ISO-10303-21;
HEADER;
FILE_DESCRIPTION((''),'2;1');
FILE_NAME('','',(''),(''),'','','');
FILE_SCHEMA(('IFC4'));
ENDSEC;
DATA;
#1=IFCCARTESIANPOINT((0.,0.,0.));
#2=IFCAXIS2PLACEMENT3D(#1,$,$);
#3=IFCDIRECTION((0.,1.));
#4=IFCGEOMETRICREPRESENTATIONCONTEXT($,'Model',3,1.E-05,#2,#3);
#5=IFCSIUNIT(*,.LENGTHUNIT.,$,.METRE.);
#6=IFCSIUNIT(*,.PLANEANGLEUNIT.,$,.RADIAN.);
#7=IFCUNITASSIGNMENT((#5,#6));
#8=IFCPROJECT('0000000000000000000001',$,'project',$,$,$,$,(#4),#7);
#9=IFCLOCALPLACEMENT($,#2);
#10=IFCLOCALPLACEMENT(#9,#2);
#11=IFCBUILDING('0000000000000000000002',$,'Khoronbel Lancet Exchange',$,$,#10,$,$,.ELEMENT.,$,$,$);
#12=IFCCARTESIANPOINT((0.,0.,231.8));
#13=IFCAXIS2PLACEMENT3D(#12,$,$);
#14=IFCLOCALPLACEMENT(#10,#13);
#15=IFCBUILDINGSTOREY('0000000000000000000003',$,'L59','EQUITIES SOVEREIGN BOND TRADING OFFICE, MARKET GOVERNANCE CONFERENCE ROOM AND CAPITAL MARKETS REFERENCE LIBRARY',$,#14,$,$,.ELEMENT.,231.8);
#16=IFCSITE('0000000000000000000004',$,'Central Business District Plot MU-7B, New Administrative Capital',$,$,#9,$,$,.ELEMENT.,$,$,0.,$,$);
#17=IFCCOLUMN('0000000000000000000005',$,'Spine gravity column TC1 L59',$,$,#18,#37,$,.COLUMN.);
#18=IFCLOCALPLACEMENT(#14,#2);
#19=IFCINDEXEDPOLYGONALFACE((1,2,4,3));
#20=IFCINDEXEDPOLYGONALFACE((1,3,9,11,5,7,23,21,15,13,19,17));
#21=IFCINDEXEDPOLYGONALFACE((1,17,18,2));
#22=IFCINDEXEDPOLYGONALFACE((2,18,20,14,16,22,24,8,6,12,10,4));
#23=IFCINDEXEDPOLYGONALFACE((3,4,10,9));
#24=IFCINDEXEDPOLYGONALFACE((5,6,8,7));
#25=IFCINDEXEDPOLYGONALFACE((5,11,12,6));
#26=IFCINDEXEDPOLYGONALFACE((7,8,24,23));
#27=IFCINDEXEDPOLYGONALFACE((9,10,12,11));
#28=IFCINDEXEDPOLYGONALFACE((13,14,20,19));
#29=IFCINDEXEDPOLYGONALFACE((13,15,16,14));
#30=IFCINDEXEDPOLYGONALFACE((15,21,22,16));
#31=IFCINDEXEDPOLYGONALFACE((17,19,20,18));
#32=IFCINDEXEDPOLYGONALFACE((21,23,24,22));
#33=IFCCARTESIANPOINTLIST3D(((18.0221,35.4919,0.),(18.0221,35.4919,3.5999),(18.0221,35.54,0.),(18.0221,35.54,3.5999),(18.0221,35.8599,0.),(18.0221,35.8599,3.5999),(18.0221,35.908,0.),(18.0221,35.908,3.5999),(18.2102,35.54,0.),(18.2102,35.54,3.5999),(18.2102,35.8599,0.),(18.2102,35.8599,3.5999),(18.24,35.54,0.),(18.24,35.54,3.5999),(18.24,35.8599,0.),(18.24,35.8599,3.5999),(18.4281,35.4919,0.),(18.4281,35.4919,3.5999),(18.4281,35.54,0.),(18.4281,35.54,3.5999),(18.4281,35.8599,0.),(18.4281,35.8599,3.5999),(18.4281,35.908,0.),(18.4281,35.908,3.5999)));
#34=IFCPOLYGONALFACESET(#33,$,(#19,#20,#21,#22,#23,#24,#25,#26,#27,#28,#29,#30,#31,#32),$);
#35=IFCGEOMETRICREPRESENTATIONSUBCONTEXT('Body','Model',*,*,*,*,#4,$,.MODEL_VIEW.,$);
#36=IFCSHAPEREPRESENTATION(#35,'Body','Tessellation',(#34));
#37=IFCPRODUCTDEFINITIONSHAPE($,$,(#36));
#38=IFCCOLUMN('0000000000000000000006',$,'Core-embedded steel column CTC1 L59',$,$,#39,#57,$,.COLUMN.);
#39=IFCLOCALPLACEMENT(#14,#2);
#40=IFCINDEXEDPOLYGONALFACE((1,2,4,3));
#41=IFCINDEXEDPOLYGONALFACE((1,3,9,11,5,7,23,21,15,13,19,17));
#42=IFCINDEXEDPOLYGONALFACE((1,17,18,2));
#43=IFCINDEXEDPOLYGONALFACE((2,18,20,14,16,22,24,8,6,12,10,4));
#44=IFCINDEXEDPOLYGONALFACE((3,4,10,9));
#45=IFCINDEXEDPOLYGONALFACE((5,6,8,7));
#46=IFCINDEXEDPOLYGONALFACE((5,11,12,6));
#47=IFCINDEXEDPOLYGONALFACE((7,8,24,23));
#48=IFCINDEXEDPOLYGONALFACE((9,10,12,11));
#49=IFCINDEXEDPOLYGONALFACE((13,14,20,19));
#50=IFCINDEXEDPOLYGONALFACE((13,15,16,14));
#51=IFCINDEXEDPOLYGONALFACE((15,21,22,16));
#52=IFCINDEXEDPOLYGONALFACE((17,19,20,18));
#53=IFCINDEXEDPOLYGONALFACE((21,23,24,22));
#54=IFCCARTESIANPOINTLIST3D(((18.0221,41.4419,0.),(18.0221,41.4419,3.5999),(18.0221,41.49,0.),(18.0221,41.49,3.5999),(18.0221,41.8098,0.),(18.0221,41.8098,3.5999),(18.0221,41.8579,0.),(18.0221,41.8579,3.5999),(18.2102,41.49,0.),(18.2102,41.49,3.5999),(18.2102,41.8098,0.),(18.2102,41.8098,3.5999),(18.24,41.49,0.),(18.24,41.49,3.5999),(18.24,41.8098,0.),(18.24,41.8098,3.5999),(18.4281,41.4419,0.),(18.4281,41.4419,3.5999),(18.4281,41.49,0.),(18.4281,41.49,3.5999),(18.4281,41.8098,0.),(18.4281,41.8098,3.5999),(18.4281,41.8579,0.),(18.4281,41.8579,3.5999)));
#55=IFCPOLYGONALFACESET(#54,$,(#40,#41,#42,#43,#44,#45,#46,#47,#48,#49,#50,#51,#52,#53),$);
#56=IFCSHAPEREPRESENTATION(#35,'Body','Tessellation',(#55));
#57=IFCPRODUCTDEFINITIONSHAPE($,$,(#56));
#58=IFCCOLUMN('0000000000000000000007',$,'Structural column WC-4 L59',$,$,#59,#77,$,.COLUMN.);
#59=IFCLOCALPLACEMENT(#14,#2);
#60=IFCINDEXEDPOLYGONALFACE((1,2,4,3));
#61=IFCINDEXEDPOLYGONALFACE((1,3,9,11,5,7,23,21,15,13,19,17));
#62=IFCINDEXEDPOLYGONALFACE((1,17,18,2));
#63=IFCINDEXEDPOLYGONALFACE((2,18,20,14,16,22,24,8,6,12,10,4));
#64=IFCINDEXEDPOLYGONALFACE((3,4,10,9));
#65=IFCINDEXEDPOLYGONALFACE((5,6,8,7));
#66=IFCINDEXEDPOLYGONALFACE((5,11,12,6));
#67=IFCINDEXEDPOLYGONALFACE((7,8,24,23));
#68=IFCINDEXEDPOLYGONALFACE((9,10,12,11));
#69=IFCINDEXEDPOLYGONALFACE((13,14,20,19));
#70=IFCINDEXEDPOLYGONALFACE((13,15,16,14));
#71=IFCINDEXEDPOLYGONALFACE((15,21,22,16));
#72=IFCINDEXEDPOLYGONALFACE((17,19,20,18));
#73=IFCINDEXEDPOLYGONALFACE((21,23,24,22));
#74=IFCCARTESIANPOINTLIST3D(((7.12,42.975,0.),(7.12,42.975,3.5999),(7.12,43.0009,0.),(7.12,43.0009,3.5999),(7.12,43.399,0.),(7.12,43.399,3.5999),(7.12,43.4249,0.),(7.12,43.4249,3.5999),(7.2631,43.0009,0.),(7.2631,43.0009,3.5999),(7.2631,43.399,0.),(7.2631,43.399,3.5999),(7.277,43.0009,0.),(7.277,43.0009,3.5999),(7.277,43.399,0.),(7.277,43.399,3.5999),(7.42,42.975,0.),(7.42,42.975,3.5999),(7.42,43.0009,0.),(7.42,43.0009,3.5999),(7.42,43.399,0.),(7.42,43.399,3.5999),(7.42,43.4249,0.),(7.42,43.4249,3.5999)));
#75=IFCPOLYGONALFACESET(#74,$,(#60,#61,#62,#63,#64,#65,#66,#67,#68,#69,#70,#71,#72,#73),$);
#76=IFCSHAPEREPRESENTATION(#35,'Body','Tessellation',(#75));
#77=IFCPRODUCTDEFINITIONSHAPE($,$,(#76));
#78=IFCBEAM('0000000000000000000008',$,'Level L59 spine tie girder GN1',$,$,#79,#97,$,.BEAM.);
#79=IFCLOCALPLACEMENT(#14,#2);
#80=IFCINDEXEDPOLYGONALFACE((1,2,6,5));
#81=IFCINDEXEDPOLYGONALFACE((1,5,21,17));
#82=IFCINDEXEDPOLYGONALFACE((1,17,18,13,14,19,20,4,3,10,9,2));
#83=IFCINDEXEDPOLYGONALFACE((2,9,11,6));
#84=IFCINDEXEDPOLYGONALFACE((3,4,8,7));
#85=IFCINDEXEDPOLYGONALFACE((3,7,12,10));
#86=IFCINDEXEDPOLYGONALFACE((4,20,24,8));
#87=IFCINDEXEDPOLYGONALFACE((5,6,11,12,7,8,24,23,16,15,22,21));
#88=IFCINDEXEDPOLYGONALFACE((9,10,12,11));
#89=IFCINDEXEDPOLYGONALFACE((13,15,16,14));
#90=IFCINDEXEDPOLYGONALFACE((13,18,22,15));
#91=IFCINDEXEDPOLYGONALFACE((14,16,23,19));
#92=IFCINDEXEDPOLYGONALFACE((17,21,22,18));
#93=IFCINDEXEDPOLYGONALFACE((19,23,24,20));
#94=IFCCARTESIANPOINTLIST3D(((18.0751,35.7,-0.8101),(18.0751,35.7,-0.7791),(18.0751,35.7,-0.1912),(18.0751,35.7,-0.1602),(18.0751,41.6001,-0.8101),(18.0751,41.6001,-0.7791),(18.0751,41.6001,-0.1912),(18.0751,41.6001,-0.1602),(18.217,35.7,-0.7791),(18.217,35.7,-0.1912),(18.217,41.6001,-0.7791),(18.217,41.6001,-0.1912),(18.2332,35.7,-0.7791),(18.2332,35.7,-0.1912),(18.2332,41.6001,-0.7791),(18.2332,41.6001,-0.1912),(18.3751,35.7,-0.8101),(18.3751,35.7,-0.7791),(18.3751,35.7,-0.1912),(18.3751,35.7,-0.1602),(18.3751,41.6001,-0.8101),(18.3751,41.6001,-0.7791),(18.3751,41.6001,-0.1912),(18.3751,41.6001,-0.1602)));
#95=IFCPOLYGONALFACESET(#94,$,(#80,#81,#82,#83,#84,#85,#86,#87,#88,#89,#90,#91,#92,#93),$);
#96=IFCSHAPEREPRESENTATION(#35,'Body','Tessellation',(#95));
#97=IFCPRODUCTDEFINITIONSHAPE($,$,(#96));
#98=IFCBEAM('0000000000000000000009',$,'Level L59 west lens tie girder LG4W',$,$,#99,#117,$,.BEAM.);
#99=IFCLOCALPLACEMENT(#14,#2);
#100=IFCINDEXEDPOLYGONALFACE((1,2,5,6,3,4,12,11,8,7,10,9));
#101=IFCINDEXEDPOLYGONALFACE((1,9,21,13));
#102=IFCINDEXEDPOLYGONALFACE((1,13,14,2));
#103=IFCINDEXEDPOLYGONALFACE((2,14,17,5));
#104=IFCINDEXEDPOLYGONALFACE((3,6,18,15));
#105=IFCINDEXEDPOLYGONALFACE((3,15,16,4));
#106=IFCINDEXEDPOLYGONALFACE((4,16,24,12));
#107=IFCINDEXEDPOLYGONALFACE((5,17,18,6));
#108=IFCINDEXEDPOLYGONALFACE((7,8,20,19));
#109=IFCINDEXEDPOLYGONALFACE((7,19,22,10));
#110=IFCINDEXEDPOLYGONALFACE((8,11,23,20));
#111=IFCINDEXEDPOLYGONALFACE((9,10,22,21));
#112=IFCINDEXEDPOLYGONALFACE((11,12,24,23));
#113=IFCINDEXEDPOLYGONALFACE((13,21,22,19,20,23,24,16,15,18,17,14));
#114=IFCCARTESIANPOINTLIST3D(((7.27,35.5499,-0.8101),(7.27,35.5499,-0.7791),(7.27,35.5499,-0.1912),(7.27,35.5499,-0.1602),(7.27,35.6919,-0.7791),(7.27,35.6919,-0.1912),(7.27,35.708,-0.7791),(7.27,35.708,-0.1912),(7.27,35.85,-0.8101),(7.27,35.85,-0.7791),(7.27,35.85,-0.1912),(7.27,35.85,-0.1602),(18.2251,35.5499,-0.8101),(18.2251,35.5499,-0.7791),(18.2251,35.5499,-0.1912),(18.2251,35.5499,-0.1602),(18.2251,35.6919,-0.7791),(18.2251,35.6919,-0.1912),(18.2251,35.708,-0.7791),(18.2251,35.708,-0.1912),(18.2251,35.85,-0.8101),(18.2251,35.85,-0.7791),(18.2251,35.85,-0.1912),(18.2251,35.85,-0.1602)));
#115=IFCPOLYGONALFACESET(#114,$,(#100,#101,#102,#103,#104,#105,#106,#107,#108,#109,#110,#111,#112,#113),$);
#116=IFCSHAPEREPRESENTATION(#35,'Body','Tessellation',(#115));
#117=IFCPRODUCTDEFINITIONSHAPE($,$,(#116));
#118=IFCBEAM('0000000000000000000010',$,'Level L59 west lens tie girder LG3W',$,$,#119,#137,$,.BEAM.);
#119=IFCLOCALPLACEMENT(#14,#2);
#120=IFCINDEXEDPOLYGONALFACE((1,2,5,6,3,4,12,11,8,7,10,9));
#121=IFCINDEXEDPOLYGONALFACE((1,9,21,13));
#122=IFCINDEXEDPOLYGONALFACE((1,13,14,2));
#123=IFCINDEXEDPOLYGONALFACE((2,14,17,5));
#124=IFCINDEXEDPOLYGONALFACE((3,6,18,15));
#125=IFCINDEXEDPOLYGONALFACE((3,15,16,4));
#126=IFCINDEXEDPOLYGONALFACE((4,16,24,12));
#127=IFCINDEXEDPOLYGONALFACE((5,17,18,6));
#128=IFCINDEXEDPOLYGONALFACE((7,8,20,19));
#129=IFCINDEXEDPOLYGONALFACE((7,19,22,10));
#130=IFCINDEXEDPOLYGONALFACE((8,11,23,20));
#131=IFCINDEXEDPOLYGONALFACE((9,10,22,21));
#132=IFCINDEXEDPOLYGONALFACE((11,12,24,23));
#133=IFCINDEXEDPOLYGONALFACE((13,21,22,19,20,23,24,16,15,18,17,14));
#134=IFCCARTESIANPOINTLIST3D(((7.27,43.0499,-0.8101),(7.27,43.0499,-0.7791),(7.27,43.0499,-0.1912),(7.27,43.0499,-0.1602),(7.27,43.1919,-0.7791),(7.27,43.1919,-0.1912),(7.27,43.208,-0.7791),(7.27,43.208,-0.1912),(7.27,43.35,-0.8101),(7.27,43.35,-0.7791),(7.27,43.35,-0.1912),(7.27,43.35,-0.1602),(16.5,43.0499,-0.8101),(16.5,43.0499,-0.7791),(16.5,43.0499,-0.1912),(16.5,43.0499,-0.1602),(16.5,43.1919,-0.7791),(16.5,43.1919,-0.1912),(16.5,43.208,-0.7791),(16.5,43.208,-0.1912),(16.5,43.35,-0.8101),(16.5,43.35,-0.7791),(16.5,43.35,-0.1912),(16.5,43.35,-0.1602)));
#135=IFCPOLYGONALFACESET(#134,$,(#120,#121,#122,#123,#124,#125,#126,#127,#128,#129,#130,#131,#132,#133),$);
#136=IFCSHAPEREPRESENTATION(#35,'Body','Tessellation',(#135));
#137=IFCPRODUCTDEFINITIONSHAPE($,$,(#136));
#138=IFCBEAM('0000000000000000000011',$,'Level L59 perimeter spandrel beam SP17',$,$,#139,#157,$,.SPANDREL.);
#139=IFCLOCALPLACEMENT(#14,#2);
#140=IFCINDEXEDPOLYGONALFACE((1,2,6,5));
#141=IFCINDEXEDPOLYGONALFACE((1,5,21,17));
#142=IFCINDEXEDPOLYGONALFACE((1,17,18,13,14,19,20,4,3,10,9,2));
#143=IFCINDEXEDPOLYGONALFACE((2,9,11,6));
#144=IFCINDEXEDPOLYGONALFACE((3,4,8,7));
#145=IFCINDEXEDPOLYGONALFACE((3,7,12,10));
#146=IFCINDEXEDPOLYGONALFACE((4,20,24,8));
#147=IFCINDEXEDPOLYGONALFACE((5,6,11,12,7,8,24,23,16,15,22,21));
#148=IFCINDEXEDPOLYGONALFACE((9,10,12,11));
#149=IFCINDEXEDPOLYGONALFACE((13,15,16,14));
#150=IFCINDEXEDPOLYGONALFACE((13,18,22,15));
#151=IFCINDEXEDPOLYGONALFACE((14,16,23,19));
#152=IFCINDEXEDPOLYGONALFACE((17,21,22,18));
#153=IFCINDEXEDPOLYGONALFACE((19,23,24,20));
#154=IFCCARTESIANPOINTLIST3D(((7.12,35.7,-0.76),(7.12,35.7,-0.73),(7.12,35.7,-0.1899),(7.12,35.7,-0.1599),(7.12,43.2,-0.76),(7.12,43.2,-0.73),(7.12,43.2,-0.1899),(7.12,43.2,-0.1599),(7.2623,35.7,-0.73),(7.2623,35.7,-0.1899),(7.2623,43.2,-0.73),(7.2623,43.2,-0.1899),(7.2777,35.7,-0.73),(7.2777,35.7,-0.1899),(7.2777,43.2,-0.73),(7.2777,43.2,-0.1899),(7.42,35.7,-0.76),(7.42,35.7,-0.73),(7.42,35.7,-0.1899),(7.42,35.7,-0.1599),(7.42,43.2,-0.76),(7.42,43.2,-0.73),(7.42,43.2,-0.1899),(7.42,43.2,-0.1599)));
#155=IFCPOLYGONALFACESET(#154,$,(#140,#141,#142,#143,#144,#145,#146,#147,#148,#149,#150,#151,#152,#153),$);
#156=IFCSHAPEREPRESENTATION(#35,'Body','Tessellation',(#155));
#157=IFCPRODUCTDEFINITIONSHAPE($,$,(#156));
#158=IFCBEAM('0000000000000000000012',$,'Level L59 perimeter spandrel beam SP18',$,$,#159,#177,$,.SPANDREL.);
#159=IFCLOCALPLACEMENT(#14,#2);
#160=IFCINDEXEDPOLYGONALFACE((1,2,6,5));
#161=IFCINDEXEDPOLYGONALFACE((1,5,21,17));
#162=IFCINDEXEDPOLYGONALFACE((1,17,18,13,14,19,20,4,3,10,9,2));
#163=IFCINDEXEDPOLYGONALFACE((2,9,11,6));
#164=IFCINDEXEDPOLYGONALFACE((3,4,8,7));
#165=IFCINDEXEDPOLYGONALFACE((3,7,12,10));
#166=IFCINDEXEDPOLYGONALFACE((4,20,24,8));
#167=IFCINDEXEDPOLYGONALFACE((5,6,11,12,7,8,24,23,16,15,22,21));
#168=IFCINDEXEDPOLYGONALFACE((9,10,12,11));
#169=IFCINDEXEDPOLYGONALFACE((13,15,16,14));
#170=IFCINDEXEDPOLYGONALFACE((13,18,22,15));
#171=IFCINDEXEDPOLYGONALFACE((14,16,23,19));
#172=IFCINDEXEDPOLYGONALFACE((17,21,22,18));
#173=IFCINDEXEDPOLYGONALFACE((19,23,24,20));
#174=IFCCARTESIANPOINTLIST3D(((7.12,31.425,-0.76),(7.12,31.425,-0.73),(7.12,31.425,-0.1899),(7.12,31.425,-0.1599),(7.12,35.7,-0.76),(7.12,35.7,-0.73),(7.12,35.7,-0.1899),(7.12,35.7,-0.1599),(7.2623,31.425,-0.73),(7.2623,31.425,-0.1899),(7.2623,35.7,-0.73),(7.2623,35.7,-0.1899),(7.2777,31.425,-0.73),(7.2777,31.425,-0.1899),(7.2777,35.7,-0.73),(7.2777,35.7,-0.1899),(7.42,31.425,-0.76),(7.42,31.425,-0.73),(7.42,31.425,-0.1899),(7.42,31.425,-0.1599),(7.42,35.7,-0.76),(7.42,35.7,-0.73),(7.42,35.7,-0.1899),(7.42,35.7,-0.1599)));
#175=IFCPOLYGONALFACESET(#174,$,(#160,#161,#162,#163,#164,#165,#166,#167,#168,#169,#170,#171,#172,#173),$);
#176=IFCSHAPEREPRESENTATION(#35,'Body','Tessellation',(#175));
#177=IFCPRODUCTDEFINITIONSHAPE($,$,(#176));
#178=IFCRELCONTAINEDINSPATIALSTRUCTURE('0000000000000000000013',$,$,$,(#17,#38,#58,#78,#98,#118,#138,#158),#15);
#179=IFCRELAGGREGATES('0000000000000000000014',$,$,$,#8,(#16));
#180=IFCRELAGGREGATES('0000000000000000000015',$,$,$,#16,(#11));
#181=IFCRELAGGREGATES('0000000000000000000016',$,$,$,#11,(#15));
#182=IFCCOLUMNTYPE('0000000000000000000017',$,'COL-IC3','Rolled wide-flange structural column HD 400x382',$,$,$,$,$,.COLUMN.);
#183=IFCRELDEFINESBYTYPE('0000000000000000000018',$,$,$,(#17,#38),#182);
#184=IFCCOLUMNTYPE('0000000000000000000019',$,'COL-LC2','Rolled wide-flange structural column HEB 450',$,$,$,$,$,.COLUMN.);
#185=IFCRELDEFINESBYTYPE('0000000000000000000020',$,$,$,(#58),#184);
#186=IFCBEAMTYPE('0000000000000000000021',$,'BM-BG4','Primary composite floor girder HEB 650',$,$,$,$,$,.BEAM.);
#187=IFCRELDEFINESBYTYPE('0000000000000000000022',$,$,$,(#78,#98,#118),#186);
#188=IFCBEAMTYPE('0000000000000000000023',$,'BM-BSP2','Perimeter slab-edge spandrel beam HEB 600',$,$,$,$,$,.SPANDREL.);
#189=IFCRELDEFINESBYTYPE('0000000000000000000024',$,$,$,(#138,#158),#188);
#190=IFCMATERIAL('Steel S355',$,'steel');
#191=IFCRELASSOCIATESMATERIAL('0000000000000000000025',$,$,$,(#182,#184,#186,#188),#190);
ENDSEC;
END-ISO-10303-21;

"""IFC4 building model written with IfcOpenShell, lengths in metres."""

from ifc_helpers import new_model, si_unit, direction, frame, origin, origin_2d, place, context, subcontext, project, spatial, i_section, extrude, material, material_profile, profile_set, type_object, element, save


model = new_model("IFC4")

# Units and contexts
model_context = context("Model", 3, precision=1e-05, world=origin(), true_north=direction((0.0, 1.0)))
body_context = subcontext(model_context, "Body", "Model", "MODEL_VIEW")
ifc_project = project(units=[si_unit("LENGTHUNIT", "METRE"), si_unit("PLANEANGLEUNIT", "RADIAN")], contexts=[model_context])

# Site, building, storey
site_placement = place(None, origin())
site = spatial("IfcSite", under=ifc_project, at=site_placement, Name="Central Business District Plot MU-7B, New Administrative Capital", CompositionType="ELEMENT", RefElevation=0.0)
building_placement = place(site_placement, origin())
building = spatial("IfcBuilding", under=site, at=building_placement, Name="Khoronbel Lancet Exchange", CompositionType="ELEMENT")
storey_placement = place(building_placement, frame((0.0, 0.0, 231.8)))
storey = spatial("IfcBuildingStorey", under=building, at=storey_placement, Name="L59", Description="EQUITIES SOVEREIGN BOND TRADING OFFICE, MARKET GOVERNANCE CONFERENCE ROOM AND CAPITAL MARKETS REFERENCE LIBRARY", CompositionType="ELEMENT", Elevation=231.8)

# Columns
ifc_material_1 = material(Name="Steel S355", Category="steel")
ifc_material_profile_1 = material_profile(ifc_material_1, i_section(OverallWidth=0.406, OverallDepth=0.416, WebThickness=0.0298, FlangeThickness=0.0481, at=origin_2d()), Name="HD 400x382")
ifc_profile_set_1 = profile_set([ifc_material_profile_1], Name="Steel S355")
column_type_1 = type_object("IfcColumnType", Name="COL-IC3", Description="Rolled wide-flange structural column HD 400x382", PredefinedType="COLUMN", material=ifc_profile_set_1)
for number, where, z_axis, x_axis, name in (
    (1, (18.2251, 35.7, 0.0), (0.0, 0.0, 1.0), (1.0, 0.0, 0.0), "Spine gravity column TC1 L59"),
    (2, (18.2251, 41.6499, 0.0), (0.0, 0.0, 1.0), (1.0, 0.0, 0.0), "Core-embedded steel column CTC1 L59"),
):
    element("IfcColumn", number, at=place(storey_placement, frame(where, z_axis=z_axis, x_axis=x_axis)), inside=storey, type_object=column_type_1, Name=name, PredefinedType="COLUMN", context=body_context, shape_type="SweptSolid", body=[
        extrude(i_section(OverallWidth=0.406, OverallDepth=0.416, WebThickness=0.0298, FlangeThickness=0.0481, at=origin_2d()), origin(), (0.0, 0.0, 1.0), 3.5999),
    ])
ifc_material_profile_2 = material_profile(ifc_material_1, i_section(OverallWidth=0.3, OverallDepth=0.45, WebThickness=0.0139, FlangeThickness=0.0259, at=origin_2d()), Name="HEB 450")
ifc_profile_set_2 = profile_set([ifc_material_profile_2], Name="Steel S355")
column_type_2 = type_object("IfcColumnType", Name="COL-LC2", Description="Rolled wide-flange structural column HEB 450", PredefinedType="COLUMN", material=ifc_profile_set_2)
column_placement = place(storey_placement, frame((7.27, 43.2, 0.0), z_axis=(0.0, 0.0, 1.0), x_axis=(1.0, 0.0, 0.0)))
element("IfcColumn", 3, at=column_placement, inside=storey, type_object=column_type_2, Name="Structural column WC-4 L59", PredefinedType="COLUMN", context=body_context, shape_type="SweptSolid", body=[
    extrude(i_section(OverallWidth=0.3, OverallDepth=0.45, WebThickness=0.0139, FlangeThickness=0.0259, at=origin_2d()), origin(), (0.0, 0.0, 1.0), 3.5999),
])

# Beams
ifc_material_profile_3 = material_profile(ifc_material_1, i_section(OverallWidth=0.3, OverallDepth=0.6499, WebThickness=0.0161, FlangeThickness=0.031, at=origin_2d()), Name="HEB 650")
ifc_profile_set_3 = profile_set([ifc_material_profile_3], Name="Steel S355")
beam_type_1 = type_object("IfcBeamType", Name="BM-BG4", Description="Primary composite floor girder HEB 650", PredefinedType="BEAM", material=ifc_profile_set_3)
beam_1_placement = place(storey_placement, frame((18.2251, 35.7, -0.4851), z_axis=(0.0, 1.0, 0.0), x_axis=(-1.0, 0.0, 0.0)))
element("IfcBeam", 4, at=beam_1_placement, inside=storey, type_object=beam_type_1, Name="Level L59 spine tie girder GN1", PredefinedType="BEAM", context=body_context, shape_type="SweptSolid", body=[
    extrude(i_section(OverallWidth=0.3, OverallDepth=0.6499, WebThickness=0.0161, FlangeThickness=0.031, at=origin_2d()), origin(), (0.0, 0.0, 1.0), 5.9001),
])
beam_2_placement = place(storey_placement, frame((7.27, 35.7, -0.4851), z_axis=(1.0, 0.0, 0.0), x_axis=(0.0, 1.0, 0.0)))
element("IfcBeam", 5, at=beam_2_placement, inside=storey, type_object=beam_type_1, Name="Level L59 west lens tie girder LG4W", PredefinedType="BEAM", context=body_context, shape_type="SweptSolid", body=[
    extrude(i_section(OverallWidth=0.3, OverallDepth=0.6499, WebThickness=0.0161, FlangeThickness=0.031, at=origin_2d()), origin(), (0.0, 0.0, 1.0), 10.9551),
])
beam_3_placement = place(storey_placement, frame((7.27, 43.2, -0.4851), z_axis=(1.0, 0.0, 0.0), x_axis=(0.0, 1.0, 0.0)))
element("IfcBeam", 6, at=beam_3_placement, inside=storey, type_object=beam_type_1, Name="Level L59 west lens tie girder LG3W", PredefinedType="BEAM", context=body_context, shape_type="SweptSolid", body=[
    extrude(i_section(OverallWidth=0.3, OverallDepth=0.6499, WebThickness=0.0161, FlangeThickness=0.031, at=origin_2d()), origin(), (0.0, 0.0, 1.0), 9.23),
])
ifc_material_profile_4 = material_profile(ifc_material_1, i_section(OverallWidth=0.3, OverallDepth=0.6001, WebThickness=0.0154, FlangeThickness=0.03, at=origin_2d()), Name="HEB 600")
ifc_profile_set_4 = profile_set([ifc_material_profile_4], Name="Steel S355")
beam_type_2 = type_object("IfcBeamType", Name="BM-BSP2", Description="Perimeter slab-edge spandrel beam HEB 600", PredefinedType="SPANDREL", material=ifc_profile_set_4)
beam_4_placement = place(storey_placement, frame((7.27, 43.2, -0.46), z_axis=(0.0, -1.0, 0.0), x_axis=(1.0, 0.0, 0.0)))
element("IfcBeam", 7, at=beam_4_placement, inside=storey, type_object=beam_type_2, Name="Level L59 perimeter spandrel beam SP17", PredefinedType="SPANDREL", context=body_context, shape_type="SweptSolid", body=[
    extrude(i_section(OverallWidth=0.3, OverallDepth=0.6001, WebThickness=0.0154, FlangeThickness=0.03, at=origin_2d()), origin(), (0.0, 0.0, 1.0), 7.5),
])
beam_5_placement = place(storey_placement, frame((7.27, 35.7, -0.46), z_axis=(0.0, -1.0, 0.0), x_axis=(1.0, 0.0, 0.0)))
element("IfcBeam", 8, at=beam_5_placement, inside=storey, type_object=beam_type_2, Name="Level L59 perimeter spandrel beam SP18", PredefinedType="SPANDREL", context=body_context, shape_type="SweptSolid", body=[
    extrude(i_section(OverallWidth=0.3, OverallDepth=0.6001, WebThickness=0.0154, FlangeThickness=0.03, at=origin_2d()), origin(), (0.0, 0.0, 1.0), 4.2749),
])

save(model, "model.ifc")
